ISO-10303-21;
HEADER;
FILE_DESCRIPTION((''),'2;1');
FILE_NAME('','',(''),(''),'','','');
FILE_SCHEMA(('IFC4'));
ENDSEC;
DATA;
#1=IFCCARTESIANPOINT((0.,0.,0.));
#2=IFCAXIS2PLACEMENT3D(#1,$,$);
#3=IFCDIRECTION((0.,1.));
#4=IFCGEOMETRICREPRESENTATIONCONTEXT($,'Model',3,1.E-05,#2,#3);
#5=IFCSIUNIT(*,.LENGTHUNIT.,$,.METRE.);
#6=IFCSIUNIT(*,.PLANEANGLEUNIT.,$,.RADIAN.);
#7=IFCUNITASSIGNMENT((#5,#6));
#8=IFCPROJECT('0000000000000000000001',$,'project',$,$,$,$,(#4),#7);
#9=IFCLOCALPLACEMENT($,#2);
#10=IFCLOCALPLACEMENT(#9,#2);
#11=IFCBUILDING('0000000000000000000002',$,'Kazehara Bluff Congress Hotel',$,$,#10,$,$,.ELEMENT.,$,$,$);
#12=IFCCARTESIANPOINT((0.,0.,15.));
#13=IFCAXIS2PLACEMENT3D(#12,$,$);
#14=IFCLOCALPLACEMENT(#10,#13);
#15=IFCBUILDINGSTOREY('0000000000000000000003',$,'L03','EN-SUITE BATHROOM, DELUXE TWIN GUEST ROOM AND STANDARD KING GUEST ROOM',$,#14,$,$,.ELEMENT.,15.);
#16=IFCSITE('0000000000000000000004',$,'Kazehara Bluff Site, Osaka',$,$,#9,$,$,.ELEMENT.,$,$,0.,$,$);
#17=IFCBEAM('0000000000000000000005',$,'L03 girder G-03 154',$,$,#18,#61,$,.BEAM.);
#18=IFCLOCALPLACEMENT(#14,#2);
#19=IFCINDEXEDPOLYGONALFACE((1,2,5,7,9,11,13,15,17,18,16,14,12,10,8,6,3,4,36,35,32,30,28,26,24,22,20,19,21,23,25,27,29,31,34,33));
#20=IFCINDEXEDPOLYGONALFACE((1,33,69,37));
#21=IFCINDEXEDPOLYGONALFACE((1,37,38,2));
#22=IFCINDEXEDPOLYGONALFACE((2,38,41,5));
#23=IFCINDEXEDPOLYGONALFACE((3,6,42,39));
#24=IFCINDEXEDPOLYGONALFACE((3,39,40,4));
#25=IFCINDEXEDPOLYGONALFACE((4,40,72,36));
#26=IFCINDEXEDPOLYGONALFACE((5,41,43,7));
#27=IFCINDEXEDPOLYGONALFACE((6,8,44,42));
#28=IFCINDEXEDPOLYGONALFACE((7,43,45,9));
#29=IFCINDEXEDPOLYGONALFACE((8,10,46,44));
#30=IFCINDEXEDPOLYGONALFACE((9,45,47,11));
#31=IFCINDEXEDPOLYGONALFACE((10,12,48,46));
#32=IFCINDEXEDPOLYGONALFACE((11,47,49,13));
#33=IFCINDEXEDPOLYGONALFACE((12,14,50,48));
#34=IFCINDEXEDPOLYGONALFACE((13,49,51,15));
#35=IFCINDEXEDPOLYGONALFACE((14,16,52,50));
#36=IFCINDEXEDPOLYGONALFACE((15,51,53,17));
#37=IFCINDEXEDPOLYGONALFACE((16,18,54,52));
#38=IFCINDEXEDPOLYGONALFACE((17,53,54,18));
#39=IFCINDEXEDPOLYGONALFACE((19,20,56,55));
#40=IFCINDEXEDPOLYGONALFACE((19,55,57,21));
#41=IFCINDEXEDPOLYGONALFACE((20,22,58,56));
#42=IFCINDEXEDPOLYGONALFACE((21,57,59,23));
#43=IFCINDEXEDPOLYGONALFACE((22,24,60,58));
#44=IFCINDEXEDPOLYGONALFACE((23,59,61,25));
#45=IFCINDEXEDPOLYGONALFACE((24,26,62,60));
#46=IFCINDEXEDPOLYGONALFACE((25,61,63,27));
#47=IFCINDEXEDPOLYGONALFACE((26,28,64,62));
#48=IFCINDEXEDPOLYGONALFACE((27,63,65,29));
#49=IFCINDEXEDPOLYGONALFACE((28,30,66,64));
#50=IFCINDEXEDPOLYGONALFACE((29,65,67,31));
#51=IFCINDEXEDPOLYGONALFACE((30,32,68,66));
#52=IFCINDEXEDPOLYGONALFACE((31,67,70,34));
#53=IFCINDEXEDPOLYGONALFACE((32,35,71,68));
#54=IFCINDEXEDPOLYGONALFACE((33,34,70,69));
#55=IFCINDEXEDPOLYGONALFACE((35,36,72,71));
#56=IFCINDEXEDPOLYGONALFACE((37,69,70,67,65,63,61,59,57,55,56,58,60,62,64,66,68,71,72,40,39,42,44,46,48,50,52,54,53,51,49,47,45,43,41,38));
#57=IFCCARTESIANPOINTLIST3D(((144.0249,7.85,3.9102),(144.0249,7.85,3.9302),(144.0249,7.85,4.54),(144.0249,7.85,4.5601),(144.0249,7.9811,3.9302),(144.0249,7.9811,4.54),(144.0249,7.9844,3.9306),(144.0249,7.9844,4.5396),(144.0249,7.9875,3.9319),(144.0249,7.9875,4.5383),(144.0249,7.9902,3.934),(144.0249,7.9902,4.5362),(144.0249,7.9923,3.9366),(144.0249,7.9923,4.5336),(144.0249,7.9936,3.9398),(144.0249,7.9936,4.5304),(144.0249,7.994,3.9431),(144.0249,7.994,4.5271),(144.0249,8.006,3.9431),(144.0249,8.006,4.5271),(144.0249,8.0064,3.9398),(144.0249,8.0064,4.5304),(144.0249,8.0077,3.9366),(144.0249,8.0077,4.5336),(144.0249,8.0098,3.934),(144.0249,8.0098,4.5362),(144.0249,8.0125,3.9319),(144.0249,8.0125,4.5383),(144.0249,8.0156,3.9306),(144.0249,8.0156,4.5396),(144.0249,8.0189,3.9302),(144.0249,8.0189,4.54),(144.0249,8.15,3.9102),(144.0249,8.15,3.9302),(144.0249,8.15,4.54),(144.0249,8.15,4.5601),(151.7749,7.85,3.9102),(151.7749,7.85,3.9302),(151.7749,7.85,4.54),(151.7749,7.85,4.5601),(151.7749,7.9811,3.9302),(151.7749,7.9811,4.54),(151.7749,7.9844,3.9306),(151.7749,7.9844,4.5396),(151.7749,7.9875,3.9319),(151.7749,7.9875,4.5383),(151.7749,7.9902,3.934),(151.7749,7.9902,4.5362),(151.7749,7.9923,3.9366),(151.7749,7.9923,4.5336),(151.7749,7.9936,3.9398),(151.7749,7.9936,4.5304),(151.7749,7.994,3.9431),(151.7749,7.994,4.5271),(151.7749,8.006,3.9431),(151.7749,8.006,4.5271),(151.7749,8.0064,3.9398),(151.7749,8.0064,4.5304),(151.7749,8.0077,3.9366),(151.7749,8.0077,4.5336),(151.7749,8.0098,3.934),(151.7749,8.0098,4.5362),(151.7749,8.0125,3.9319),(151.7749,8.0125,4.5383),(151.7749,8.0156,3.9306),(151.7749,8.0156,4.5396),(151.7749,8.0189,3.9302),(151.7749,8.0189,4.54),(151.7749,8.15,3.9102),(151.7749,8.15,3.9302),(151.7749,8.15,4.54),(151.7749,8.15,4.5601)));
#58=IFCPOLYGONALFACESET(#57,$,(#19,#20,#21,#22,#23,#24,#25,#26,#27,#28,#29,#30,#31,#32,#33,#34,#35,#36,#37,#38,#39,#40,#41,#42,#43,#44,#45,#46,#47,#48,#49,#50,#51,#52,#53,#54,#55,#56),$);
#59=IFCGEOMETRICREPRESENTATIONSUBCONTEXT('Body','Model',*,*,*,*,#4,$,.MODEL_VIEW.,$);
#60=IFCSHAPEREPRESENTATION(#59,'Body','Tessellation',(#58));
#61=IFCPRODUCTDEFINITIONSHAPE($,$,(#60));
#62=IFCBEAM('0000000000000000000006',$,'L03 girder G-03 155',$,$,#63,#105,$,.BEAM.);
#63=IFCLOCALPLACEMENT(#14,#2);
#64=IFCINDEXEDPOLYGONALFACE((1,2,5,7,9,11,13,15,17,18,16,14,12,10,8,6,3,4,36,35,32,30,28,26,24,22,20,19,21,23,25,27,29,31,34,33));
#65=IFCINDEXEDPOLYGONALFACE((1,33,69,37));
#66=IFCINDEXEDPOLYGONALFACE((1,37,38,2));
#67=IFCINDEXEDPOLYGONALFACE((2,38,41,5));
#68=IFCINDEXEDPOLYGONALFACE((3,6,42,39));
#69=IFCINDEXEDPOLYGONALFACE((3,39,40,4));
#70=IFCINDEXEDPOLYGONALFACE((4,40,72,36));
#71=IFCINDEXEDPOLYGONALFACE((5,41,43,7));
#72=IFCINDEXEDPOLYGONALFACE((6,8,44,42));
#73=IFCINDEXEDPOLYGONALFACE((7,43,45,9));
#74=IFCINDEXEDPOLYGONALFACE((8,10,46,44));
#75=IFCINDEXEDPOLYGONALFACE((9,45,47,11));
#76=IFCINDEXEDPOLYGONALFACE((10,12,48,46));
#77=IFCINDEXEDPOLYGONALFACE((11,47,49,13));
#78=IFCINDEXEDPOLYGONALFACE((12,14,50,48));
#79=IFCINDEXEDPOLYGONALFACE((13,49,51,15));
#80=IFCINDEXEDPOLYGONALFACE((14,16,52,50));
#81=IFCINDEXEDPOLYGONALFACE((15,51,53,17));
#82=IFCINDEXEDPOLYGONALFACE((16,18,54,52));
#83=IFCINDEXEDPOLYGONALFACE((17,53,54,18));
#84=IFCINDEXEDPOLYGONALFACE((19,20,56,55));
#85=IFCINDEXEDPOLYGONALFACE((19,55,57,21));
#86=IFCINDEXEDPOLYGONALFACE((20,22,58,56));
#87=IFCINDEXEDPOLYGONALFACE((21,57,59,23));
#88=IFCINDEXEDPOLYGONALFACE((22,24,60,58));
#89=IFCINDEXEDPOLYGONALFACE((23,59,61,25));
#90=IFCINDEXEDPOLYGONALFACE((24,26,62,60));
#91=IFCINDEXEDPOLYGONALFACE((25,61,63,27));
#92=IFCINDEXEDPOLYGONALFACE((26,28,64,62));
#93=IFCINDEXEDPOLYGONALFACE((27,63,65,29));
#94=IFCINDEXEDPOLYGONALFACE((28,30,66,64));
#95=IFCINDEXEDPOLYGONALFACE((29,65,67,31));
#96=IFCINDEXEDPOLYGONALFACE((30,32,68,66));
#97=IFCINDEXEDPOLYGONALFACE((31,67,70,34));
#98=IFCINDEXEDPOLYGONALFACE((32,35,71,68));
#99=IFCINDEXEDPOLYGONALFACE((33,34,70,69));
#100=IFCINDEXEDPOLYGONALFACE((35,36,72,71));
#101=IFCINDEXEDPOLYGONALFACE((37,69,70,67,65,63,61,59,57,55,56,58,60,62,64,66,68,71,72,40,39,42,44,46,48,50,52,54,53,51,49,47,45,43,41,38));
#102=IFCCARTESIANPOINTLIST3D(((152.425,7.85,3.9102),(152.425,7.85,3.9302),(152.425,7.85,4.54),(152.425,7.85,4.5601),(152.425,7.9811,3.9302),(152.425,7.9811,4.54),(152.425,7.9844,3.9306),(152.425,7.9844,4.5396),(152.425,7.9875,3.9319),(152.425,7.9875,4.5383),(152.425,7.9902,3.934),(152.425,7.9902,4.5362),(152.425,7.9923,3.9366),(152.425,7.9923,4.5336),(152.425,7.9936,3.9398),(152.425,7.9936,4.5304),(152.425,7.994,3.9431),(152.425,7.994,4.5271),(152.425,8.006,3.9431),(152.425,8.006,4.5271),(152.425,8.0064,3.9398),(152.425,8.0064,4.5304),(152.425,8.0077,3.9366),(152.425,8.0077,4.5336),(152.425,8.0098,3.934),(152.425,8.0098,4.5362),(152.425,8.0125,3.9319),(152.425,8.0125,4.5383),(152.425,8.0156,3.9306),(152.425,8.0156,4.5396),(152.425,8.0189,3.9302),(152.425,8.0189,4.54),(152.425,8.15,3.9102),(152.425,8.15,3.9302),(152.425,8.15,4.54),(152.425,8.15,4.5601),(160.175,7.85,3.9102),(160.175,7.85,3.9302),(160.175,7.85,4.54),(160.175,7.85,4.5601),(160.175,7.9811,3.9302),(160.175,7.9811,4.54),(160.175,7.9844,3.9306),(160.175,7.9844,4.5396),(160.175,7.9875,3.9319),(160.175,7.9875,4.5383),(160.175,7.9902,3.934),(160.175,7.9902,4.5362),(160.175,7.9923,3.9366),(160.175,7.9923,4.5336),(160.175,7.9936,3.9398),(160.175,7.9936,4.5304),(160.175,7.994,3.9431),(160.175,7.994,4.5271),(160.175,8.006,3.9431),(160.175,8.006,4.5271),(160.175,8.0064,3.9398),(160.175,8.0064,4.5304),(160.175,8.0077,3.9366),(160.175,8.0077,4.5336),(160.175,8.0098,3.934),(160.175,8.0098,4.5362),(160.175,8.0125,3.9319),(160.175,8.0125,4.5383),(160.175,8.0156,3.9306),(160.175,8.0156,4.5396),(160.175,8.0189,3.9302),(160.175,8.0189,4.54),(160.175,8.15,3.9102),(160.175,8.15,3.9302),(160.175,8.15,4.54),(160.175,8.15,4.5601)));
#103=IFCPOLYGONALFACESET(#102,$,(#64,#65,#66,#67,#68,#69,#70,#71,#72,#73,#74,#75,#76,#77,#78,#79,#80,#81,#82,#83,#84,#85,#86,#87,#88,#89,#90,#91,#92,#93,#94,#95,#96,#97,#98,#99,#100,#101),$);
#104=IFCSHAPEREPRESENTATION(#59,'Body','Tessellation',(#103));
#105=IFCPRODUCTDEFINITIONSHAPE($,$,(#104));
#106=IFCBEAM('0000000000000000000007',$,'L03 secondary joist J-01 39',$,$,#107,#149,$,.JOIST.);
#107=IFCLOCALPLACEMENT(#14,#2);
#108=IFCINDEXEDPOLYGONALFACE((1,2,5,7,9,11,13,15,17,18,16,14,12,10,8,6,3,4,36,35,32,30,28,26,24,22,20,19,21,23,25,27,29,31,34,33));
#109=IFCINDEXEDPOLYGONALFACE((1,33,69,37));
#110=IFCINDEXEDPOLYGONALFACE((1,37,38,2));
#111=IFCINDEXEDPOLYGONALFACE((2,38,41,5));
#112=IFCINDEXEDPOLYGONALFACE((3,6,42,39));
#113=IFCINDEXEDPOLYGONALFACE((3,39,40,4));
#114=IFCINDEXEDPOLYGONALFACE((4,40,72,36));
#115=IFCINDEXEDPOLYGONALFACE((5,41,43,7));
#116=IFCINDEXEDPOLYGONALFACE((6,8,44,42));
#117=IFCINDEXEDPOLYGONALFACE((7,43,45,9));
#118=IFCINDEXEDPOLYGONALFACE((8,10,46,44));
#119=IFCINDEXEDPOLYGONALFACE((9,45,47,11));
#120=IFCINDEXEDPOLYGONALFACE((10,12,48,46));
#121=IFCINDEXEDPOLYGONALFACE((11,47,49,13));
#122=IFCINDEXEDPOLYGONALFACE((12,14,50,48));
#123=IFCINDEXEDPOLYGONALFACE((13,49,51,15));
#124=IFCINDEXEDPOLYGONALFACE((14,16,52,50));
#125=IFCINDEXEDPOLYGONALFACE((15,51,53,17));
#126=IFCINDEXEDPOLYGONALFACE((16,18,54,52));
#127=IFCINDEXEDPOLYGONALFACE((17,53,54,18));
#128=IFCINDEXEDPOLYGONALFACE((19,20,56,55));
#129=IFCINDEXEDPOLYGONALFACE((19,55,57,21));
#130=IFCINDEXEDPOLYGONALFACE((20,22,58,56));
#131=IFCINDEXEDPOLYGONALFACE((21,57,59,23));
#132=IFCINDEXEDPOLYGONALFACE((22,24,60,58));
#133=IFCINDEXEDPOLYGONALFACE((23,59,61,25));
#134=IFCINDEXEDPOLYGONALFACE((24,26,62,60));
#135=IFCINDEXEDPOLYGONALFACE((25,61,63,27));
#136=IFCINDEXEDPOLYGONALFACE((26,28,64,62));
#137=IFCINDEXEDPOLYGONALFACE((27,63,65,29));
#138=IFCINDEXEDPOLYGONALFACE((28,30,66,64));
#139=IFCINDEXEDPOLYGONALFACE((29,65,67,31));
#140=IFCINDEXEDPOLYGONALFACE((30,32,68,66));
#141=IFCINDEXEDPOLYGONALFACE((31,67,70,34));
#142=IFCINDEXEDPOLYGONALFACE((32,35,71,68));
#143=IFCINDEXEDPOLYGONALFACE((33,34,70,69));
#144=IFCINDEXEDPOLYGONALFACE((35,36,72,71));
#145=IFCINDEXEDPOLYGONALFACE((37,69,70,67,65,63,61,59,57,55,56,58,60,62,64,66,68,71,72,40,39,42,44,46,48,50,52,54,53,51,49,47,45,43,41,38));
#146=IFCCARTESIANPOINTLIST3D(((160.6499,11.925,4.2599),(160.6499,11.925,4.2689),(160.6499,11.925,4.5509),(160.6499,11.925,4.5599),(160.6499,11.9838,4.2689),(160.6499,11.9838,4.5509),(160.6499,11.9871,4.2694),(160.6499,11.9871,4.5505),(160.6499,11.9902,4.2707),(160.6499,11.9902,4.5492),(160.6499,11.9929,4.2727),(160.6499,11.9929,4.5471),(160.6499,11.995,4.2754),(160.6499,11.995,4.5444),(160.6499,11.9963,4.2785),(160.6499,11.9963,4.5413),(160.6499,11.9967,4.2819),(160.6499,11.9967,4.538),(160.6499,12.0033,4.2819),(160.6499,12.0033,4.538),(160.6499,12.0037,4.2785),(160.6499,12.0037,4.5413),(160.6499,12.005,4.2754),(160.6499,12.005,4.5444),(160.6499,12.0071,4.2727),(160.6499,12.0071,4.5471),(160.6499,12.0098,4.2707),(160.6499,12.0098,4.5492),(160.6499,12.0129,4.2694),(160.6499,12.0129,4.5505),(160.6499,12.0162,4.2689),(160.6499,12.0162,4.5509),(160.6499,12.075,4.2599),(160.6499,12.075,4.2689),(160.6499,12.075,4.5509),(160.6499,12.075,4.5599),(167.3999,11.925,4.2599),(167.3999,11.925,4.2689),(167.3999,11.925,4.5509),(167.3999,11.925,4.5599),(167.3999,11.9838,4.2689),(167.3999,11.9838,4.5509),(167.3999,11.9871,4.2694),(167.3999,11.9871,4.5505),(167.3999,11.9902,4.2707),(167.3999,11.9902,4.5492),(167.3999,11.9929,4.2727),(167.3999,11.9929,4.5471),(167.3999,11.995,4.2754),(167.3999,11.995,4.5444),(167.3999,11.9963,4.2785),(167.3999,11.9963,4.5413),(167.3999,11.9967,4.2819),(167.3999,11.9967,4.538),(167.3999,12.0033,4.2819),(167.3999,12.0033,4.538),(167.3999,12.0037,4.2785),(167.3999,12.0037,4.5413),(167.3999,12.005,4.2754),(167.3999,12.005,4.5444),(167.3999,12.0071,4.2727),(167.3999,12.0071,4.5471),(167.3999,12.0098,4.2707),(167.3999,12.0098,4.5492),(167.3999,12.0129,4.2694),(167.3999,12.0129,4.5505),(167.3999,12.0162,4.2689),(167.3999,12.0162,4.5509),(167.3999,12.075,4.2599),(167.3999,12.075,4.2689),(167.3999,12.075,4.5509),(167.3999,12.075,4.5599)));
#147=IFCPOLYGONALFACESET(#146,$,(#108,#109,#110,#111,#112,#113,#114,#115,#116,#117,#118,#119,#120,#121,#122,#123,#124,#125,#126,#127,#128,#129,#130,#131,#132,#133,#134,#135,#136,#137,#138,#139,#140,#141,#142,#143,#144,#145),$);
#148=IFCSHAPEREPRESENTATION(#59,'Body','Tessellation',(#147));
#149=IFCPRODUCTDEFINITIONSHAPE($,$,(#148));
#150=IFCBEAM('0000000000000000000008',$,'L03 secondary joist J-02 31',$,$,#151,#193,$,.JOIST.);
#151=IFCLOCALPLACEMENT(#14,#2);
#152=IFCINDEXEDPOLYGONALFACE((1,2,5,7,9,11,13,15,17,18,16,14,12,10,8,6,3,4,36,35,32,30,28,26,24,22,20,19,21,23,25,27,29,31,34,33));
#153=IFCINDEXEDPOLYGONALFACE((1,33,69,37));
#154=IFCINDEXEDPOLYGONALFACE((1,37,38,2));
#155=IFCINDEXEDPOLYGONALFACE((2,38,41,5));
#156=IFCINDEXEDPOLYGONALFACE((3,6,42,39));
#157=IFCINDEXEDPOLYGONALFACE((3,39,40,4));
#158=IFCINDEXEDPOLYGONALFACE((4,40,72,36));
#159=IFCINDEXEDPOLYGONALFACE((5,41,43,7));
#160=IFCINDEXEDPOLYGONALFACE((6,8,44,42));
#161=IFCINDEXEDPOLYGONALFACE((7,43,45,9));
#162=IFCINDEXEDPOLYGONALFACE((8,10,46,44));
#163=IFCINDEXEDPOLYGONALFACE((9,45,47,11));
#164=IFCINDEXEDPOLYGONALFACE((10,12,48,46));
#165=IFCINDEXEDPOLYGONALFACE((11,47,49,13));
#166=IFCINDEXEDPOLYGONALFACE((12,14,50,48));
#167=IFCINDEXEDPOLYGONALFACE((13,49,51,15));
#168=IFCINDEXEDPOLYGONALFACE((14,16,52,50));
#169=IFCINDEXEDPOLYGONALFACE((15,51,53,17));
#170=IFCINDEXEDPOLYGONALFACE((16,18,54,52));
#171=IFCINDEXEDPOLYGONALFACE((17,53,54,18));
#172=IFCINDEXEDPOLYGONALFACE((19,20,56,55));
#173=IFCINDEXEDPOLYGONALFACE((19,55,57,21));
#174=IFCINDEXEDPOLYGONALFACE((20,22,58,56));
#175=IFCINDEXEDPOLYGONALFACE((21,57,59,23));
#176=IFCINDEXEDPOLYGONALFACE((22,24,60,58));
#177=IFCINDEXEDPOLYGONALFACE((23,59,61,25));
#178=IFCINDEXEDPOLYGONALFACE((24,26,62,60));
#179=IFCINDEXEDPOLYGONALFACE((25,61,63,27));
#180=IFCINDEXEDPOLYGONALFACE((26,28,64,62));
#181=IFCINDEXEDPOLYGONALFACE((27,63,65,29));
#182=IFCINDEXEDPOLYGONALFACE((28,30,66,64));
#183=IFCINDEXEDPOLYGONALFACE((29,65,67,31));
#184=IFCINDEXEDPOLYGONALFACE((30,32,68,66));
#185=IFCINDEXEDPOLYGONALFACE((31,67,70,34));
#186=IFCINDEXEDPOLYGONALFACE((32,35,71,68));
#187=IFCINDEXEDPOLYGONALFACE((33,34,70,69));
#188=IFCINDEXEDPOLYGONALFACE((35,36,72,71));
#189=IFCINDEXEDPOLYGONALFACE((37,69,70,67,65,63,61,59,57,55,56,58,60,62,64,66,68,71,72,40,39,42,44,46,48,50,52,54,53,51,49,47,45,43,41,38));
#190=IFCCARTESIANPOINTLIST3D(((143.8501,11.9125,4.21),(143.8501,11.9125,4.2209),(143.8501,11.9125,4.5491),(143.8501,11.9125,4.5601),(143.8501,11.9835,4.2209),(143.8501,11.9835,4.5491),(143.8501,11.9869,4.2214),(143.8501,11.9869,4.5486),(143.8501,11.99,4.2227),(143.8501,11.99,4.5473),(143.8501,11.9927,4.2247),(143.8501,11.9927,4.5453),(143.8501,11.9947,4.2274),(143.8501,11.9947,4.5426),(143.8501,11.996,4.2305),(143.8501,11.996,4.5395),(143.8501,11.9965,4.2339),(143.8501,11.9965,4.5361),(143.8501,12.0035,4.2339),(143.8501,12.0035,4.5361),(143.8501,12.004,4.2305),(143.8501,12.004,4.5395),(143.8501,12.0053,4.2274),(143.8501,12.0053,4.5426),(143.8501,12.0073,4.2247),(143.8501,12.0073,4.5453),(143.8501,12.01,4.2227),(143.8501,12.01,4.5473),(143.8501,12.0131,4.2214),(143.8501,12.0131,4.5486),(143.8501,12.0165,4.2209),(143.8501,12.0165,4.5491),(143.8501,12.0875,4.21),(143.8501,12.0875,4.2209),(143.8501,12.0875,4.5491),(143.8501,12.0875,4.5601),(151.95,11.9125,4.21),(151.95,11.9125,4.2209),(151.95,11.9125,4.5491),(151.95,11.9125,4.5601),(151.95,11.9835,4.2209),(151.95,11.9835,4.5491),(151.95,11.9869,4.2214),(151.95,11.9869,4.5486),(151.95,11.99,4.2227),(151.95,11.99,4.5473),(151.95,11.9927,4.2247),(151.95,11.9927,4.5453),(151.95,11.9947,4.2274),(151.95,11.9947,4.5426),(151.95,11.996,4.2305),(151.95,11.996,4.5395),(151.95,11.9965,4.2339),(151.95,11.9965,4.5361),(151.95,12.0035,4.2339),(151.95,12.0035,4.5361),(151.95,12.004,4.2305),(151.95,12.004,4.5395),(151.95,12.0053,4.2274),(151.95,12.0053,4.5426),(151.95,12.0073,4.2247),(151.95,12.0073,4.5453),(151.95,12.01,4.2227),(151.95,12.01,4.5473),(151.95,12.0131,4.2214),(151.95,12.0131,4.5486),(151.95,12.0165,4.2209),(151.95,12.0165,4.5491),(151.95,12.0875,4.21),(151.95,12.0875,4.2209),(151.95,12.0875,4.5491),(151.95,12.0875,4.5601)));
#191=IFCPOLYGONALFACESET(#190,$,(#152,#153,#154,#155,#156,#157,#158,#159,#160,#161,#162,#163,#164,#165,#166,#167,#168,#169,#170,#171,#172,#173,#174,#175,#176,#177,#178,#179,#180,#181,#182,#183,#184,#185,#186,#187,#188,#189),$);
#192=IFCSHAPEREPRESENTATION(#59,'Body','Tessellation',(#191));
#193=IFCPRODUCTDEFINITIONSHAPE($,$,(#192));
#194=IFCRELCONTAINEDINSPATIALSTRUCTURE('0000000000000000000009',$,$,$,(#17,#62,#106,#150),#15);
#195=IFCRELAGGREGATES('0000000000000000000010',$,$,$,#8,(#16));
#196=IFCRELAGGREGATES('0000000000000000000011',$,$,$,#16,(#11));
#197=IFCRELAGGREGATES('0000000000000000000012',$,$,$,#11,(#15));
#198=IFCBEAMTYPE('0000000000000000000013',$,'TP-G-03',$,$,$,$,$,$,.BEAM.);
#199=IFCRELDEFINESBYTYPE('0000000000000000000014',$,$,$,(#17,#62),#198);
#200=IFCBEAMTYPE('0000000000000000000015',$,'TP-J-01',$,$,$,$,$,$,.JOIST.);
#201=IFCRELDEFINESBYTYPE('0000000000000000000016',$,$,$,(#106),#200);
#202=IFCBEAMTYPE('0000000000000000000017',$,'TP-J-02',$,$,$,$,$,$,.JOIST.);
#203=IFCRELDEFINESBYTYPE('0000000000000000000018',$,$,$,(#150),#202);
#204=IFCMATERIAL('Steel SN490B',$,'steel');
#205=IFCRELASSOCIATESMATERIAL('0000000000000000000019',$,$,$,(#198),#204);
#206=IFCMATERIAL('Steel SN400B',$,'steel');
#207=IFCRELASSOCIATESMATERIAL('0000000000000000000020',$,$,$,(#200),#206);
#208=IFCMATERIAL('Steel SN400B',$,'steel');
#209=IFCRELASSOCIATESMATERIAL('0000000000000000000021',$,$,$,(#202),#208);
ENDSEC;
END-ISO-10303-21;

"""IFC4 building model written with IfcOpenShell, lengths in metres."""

from ifc_helpers import new_model, si_unit, direction, frame, origin, origin_2d, place, context, subcontext, project, spatial, i_section, extrude, material, material_profile, profile_set, type_object, element, save


model = new_model("IFC4")

# Units and contexts
model_context = context("Model", 3, precision=1e-05, world=origin(), true_north=direction((0.0, 1.0)))
body_context = subcontext(model_context, "Body", "Model", "MODEL_VIEW")
ifc_project = project(units=[si_unit("LENGTHUNIT", "METRE"), si_unit("PLANEANGLEUNIT", "RADIAN")], contexts=[model_context])

# Site, building, storey
site_placement = place(None, origin())
site = spatial("IfcSite", under=ifc_project, at=site_placement, Name="Kazehara Bluff Site, Osaka", CompositionType="ELEMENT", RefElevation=0.0)
building_placement = place(site_placement, origin())
building = spatial("IfcBuilding", under=site, at=building_placement, Name="Kazehara Bluff Congress Hotel", CompositionType="ELEMENT")
storey_placement = place(building_placement, frame((0.0, 0.0, 15.0)))
storey = spatial("IfcBuildingStorey", under=building, at=storey_placement, Name="L03", Description="EN-SUITE BATHROOM, DELUXE TWIN GUEST ROOM AND STANDARD KING GUEST ROOM", CompositionType="ELEMENT", Elevation=15.0)

# Beams
ifc_material_1 = material(Name="Steel SN490B", Category="steel")
ifc_material_profile_1 = material_profile(ifc_material_1, i_section(OverallWidth=0.3, OverallDepth=0.6499, WebThickness=0.012, FlangeThickness=0.02, FilletRadius=0.0129, at=origin_2d()))
ifc_profile_set_1 = profile_set([ifc_material_profile_1], Name="Steel SN490B")
beam_type_1 = type_object("IfcBeamType", Name="TP-G-03", PredefinedType="BEAM", material=ifc_profile_set_1)
for number, where, z_axis, x_axis, name in (
    (1, (144.0249, 8.0, 4.2351), (1.0, 0.0, 0.0), (0.0, 1.0, 0.0), "L03 girder G-03 154"),
    (2, (152.425, 8.0, 4.2351), (1.0, 0.0, 0.0), (0.0, 1.0, 0.0), "L03 girder G-03 155"),
):
    element("IfcBeam", number, at=place(storey_placement, frame(where, z_axis=z_axis, x_axis=x_axis)), inside=storey, type_object=beam_type_1, Name=name, PredefinedType="BEAM", context=body_context, shape_type="SweptSolid", body=[
        extrude(i_section(OverallWidth=0.3, OverallDepth=0.6499, WebThickness=0.012, FlangeThickness=0.02, FilletRadius=0.0129, at=origin_2d()), origin(), (0.0, 0.0, 1.0), 7.75),
    ])
ifc_material_2 = material(Name="Steel SN400B", Category="steel")
ifc_material_profile_2 = material_profile(ifc_material_2, i_section(OverallWidth=0.1499, OverallDepth=0.3, WebThickness=0.0066, FlangeThickness=0.009, FilletRadius=0.0129, at=origin_2d()))
ifc_profile_set_2 = profile_set([ifc_material_profile_2], Name="Steel SN400B")
beam_type_2 = type_object("IfcBeamType", Name="TP-J-01", PredefinedType="JOIST", material=ifc_profile_set_2)
beam_1_placement = place(storey_placement, frame((160.6499, 12.0, 4.4099), z_axis=(1.0, 0.0, 0.0), x_axis=(0.0, 1.0, 0.0)))
element("IfcBeam", 3, at=beam_1_placement, inside=storey, type_object=beam_type_2, Name="L03 secondary joist J-01 39", PredefinedType="JOIST", context=body_context, shape_type="SweptSolid", body=[
    extrude(i_section(OverallWidth=0.1499, OverallDepth=0.3, WebThickness=0.0066, FlangeThickness=0.009, FilletRadius=0.0129, at=origin_2d()), origin(), (0.0, 0.0, 1.0), 6.75),
])
ifc_material_3 = material(Name="Steel SN400B", Category="steel")
ifc_material_profile_3 = material_profile(ifc_material_3, i_section(OverallWidth=0.175, OverallDepth=0.3501, WebThickness=0.0071, FlangeThickness=0.011, FilletRadius=0.0129, at=origin_2d()))
ifc_profile_set_3 = profile_set([ifc_material_profile_3], Name="Steel SN400B")
beam_type_3 = type_object("IfcBeamType", Name="TP-J-02", PredefinedType="JOIST", material=ifc_profile_set_3)
beam_2_placement = place(storey_placement, frame((143.8501, 12.0, 4.385), z_axis=(1.0, 0.0, 0.0), x_axis=(0.0, 1.0, 0.0)))
element("IfcBeam", 4, at=beam_2_placement, inside=storey, type_object=beam_type_3, Name="L03 secondary joist J-02 31", PredefinedType="JOIST", context=body_context, shape_type="SweptSolid", body=[
    extrude(i_section(OverallWidth=0.175, OverallDepth=0.3501, WebThickness=0.0071, FlangeThickness=0.011, FilletRadius=0.0129, at=origin_2d()), origin(), (0.0, 0.0, 1.0), 8.0999),
])

save(model, "model.ifc")
